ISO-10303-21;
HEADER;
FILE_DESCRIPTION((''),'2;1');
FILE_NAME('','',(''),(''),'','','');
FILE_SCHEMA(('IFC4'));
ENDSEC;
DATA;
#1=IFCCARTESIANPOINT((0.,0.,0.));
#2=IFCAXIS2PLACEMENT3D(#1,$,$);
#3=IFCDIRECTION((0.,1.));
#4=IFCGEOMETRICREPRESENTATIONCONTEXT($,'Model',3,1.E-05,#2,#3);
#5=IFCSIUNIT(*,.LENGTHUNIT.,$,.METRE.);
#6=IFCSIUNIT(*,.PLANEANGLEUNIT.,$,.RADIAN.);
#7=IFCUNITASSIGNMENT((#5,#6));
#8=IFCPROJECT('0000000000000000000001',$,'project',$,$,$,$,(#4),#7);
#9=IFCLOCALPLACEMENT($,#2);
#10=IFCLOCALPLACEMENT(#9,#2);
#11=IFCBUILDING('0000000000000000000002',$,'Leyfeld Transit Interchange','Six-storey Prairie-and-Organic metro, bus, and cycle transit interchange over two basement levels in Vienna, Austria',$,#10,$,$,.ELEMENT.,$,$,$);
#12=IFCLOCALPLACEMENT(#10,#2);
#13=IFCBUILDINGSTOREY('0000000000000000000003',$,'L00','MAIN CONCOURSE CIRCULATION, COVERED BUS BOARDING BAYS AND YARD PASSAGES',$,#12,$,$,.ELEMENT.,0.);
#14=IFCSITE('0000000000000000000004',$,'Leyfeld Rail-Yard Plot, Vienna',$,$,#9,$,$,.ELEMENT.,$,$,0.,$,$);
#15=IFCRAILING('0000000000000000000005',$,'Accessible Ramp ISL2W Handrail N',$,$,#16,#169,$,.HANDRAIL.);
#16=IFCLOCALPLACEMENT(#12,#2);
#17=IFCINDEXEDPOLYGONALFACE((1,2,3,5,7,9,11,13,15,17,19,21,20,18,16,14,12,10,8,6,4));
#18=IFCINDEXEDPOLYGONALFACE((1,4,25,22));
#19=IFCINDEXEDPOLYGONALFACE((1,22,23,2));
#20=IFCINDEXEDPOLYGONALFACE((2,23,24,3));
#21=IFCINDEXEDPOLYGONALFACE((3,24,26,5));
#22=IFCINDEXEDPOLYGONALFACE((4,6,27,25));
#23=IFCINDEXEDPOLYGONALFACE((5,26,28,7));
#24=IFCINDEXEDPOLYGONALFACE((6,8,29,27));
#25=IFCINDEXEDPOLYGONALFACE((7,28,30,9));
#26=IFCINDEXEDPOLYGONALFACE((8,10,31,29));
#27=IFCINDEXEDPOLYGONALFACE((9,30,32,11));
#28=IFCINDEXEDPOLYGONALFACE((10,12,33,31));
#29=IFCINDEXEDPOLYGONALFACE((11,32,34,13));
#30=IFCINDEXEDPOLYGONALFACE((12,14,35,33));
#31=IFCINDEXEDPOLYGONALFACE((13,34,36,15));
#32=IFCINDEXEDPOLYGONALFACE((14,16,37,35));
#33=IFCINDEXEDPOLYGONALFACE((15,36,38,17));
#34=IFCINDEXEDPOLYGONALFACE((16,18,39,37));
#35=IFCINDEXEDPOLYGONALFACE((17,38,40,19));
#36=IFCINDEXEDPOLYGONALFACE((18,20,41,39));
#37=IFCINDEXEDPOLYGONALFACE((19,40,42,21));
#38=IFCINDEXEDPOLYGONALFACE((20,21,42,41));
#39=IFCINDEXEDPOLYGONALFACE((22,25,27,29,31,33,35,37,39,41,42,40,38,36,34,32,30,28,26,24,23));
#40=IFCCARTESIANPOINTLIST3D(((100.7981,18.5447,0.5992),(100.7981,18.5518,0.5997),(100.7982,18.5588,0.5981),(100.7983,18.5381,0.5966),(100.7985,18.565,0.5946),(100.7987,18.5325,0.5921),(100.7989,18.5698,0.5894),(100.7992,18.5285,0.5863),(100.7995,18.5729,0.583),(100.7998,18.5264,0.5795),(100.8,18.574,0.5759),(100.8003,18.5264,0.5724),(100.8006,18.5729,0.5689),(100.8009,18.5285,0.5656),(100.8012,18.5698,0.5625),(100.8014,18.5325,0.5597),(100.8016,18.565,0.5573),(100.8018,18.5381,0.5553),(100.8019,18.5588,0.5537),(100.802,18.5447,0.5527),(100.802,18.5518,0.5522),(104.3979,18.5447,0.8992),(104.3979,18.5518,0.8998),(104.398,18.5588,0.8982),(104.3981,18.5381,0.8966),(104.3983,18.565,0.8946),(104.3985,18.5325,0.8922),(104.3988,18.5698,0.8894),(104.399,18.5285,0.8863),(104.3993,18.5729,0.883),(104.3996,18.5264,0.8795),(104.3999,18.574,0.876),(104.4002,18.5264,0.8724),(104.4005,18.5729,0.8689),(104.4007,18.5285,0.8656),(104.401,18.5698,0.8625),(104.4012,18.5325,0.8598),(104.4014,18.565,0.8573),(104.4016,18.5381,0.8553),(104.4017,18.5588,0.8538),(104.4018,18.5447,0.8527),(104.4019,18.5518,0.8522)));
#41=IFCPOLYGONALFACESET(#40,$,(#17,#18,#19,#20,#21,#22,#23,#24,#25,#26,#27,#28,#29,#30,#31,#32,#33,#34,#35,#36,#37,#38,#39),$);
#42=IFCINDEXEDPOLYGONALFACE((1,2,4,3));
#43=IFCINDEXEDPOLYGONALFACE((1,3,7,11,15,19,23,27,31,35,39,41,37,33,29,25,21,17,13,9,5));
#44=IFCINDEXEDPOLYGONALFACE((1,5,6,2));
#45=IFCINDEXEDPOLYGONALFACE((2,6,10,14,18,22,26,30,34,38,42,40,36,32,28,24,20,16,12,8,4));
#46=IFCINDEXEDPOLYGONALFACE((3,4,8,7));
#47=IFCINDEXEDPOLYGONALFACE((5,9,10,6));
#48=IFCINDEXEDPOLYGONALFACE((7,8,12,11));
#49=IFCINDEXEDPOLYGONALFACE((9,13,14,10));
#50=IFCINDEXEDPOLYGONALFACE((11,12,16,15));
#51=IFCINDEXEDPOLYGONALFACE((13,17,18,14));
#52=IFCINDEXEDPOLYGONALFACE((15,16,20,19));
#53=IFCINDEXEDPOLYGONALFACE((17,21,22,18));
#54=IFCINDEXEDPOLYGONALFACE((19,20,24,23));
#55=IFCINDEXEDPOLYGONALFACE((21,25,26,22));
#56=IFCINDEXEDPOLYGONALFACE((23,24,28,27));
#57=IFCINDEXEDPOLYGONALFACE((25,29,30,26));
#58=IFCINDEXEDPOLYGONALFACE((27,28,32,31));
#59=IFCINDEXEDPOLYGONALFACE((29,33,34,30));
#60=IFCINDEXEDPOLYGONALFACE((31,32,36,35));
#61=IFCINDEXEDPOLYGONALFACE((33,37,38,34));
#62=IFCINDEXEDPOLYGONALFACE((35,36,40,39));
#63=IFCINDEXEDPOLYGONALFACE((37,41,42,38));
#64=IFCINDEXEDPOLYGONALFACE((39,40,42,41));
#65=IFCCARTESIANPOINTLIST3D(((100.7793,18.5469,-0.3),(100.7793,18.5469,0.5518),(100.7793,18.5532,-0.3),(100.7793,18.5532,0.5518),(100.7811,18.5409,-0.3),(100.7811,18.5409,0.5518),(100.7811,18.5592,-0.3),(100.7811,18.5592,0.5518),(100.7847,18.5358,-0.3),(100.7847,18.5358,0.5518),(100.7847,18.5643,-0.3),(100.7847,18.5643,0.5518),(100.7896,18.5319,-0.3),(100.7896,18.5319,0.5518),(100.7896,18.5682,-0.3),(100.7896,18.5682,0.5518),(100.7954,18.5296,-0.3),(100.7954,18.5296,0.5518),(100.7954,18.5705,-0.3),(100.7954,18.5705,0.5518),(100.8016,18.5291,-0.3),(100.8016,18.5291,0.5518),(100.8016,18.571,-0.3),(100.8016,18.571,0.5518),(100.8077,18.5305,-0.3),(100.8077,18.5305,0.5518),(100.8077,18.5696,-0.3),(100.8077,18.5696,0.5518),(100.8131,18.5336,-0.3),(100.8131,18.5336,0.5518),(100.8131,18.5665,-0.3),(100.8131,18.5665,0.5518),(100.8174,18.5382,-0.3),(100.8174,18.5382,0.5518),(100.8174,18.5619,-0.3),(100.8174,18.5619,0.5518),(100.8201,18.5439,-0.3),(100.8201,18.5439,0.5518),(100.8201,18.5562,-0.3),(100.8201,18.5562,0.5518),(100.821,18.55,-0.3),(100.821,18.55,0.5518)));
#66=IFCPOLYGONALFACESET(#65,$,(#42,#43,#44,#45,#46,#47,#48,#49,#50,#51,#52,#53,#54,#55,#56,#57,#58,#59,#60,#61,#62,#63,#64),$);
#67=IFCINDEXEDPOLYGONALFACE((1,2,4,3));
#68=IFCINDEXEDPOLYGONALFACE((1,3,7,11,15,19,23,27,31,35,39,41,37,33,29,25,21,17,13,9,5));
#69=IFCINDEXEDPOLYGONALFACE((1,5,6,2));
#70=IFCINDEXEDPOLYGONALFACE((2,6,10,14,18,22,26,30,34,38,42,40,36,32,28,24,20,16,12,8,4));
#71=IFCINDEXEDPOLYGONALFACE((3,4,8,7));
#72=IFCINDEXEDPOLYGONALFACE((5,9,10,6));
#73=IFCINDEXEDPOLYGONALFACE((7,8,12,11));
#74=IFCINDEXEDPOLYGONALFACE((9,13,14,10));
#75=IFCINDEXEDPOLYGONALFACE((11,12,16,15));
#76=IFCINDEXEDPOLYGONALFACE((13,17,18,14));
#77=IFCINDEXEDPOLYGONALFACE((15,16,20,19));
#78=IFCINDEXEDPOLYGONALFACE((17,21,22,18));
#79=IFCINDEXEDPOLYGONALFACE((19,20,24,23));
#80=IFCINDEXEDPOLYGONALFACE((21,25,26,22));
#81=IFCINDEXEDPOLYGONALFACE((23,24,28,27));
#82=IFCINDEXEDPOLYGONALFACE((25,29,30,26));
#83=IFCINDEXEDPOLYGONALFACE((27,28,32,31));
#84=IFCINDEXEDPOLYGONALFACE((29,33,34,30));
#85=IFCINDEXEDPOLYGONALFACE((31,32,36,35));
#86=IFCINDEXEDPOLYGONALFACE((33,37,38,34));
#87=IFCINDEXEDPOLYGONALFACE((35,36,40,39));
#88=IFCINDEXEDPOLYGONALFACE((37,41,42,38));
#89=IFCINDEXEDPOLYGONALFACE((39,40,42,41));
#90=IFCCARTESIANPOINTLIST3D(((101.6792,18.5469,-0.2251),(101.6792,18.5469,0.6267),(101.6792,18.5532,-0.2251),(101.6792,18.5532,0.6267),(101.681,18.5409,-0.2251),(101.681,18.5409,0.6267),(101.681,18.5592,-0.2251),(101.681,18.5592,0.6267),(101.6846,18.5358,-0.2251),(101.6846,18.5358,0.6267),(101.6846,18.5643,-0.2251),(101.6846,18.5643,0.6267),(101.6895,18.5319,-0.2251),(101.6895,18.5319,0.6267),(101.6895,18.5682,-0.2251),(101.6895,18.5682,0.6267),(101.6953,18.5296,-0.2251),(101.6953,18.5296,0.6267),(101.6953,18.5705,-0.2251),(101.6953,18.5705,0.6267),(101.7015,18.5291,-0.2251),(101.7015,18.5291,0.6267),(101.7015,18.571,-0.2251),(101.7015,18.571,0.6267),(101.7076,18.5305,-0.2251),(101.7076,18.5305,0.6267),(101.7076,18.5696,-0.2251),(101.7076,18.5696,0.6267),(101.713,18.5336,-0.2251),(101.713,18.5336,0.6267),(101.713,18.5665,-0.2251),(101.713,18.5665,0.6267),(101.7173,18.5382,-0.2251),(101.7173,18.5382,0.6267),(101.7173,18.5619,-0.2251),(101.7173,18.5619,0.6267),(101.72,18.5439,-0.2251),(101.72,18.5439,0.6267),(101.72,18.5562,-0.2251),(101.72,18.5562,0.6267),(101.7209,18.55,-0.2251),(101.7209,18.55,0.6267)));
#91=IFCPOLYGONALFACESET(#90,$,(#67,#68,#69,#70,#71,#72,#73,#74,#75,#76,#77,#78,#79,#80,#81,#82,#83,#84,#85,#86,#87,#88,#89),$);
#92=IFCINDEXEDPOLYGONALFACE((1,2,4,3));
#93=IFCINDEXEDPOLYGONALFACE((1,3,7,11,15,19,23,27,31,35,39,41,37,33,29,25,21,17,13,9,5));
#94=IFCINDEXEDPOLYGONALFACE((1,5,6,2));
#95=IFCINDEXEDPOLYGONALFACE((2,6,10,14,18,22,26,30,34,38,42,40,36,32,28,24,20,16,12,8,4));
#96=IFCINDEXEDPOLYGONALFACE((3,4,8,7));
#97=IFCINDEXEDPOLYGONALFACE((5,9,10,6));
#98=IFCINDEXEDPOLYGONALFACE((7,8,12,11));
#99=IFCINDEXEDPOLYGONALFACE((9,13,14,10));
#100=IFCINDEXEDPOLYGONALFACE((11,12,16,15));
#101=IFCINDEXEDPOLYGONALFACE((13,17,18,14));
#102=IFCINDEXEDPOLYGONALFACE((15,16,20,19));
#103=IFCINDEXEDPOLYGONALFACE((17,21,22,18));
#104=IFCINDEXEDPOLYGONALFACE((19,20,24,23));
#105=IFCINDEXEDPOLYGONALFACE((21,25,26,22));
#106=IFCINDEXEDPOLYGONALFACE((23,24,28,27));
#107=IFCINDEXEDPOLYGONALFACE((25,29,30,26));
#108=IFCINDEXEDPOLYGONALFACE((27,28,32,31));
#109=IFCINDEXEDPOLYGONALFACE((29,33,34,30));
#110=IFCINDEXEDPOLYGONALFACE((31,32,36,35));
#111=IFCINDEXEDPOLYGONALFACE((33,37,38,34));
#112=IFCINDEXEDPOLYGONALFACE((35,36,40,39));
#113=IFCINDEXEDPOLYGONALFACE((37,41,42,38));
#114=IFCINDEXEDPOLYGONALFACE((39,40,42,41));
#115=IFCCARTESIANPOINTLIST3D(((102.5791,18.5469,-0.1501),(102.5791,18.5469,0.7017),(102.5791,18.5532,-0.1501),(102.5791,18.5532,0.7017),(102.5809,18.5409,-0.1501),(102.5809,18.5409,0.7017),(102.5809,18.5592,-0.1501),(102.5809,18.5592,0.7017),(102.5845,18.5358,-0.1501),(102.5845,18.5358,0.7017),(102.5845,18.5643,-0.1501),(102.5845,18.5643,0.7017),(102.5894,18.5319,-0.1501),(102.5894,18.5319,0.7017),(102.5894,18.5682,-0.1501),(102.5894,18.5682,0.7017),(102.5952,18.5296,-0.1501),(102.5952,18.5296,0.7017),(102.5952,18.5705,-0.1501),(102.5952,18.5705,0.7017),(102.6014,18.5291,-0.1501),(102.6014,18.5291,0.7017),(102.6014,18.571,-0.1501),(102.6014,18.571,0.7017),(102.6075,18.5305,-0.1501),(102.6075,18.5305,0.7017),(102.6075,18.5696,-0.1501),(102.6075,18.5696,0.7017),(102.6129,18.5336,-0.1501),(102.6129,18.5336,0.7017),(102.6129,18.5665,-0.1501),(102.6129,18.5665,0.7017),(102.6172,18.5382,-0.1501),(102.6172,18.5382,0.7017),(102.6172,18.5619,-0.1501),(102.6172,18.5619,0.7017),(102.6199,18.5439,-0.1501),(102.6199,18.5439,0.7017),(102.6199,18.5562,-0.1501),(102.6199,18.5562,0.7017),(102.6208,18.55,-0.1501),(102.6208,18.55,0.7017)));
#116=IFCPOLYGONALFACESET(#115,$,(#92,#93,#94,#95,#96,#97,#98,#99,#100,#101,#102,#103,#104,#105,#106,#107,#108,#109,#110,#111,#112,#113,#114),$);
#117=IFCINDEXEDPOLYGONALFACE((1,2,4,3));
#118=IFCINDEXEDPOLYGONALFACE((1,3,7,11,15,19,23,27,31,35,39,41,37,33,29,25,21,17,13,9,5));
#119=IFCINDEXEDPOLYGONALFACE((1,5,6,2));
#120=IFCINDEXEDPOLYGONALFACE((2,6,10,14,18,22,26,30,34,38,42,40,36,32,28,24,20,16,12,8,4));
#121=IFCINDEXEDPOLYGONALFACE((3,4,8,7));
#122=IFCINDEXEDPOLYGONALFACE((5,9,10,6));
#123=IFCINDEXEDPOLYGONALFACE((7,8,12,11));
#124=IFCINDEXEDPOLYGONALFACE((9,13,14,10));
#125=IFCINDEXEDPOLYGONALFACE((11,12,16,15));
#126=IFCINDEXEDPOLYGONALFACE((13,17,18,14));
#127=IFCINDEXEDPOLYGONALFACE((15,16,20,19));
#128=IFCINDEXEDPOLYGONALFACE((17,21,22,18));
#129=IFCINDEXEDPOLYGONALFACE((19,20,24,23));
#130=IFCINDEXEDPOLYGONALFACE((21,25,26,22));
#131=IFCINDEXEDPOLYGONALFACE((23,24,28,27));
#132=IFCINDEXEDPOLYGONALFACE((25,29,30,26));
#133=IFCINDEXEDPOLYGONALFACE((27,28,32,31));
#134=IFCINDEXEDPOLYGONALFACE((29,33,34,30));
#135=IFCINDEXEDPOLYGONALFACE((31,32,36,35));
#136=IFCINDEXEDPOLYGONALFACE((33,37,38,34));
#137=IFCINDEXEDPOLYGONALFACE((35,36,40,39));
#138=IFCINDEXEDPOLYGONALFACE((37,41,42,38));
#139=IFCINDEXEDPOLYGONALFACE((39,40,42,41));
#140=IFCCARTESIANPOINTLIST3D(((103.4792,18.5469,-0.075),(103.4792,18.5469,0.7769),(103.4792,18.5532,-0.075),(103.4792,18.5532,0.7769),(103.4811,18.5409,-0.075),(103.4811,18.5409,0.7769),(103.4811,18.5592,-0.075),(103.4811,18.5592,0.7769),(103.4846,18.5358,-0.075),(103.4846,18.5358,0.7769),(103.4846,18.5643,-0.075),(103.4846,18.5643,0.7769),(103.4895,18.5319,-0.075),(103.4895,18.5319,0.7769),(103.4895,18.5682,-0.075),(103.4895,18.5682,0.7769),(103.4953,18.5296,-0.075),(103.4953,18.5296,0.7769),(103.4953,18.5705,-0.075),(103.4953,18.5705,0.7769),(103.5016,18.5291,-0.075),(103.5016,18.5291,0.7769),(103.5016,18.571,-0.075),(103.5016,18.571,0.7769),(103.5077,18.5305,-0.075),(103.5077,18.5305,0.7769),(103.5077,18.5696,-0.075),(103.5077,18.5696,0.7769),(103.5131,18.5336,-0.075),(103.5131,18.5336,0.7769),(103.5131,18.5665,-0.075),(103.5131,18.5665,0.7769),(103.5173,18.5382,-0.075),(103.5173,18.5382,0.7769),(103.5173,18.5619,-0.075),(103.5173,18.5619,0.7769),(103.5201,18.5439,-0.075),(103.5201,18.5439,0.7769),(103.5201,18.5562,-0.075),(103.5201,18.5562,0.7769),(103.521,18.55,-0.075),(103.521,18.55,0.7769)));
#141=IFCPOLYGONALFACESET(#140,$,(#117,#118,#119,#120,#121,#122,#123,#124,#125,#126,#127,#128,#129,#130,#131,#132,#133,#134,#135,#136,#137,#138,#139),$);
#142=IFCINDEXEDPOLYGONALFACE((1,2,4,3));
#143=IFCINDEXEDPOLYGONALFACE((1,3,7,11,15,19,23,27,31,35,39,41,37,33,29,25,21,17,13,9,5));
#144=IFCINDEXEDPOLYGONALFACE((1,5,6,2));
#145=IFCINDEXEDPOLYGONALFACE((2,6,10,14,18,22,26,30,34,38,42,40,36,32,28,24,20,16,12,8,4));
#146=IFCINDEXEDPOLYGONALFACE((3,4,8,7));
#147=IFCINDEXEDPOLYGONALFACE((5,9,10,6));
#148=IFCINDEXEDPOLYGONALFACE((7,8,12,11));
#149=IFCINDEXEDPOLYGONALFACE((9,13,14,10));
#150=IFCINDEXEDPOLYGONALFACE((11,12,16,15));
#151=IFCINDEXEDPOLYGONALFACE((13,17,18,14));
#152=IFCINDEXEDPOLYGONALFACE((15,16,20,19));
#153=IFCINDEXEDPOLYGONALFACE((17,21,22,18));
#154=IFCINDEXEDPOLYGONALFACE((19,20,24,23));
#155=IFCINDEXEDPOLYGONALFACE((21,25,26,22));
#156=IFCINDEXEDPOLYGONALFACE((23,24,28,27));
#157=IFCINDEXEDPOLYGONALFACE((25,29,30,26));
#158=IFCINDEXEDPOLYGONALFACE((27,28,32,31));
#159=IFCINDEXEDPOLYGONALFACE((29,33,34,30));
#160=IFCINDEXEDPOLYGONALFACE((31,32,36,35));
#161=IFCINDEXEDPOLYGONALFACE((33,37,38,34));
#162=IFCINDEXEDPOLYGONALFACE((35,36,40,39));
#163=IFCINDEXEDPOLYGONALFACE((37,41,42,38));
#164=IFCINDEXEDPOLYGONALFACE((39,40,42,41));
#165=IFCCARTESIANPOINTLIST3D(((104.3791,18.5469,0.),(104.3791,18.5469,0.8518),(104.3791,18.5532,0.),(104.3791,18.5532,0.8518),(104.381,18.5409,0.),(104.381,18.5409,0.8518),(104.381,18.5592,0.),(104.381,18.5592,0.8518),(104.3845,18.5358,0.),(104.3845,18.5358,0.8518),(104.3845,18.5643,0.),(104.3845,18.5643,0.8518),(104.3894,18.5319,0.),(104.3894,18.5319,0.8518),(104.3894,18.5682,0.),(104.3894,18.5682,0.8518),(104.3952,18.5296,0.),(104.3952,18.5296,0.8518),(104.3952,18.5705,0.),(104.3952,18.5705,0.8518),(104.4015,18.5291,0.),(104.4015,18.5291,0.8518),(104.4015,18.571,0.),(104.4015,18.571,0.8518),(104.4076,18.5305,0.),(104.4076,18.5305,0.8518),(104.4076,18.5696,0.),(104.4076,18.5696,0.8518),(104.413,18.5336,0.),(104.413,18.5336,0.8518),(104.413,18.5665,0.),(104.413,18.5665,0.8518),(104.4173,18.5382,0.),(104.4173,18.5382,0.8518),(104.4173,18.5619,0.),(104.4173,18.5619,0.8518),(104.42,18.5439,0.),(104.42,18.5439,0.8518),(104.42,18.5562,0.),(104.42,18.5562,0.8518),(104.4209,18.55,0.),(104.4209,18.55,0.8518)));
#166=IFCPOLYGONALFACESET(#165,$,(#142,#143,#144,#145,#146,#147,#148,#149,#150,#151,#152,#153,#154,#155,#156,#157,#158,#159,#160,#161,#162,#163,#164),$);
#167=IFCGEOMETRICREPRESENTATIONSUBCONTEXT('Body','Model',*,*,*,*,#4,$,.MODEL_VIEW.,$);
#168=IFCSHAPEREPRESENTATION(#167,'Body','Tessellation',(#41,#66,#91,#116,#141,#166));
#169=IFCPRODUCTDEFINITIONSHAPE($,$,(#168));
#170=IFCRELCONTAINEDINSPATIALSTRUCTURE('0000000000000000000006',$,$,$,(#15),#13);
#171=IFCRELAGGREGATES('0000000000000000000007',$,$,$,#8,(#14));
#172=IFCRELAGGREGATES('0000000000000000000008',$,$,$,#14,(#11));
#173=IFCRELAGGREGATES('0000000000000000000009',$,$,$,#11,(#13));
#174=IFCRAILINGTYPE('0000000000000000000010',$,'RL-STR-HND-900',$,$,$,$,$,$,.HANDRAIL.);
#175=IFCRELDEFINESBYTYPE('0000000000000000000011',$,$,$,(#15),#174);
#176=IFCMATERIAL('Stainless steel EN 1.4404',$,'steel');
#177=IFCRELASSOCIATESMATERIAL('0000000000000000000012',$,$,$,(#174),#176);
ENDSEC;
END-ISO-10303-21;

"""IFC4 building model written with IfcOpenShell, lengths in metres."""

from ifc_helpers import new_model, si_unit, direction, frame, origin, origin_2d, place, context, subcontext, project, spatial, circle, extrude, material, type_object, element, save


model = new_model("IFC4")

# Units and contexts
model_context = context("Model", 3, precision=1e-05, world=origin(), true_north=direction((0.0, 1.0)))
body_context = subcontext(model_context, "Body", "Model", "MODEL_VIEW")
ifc_project = project(units=[si_unit("LENGTHUNIT", "METRE"), si_unit("PLANEANGLEUNIT", "RADIAN")], contexts=[model_context])

# Site, building, storey
site_placement = place(None, origin())
site = spatial("IfcSite", under=ifc_project, at=site_placement, Name="Leyfeld Rail-Yard Plot, Vienna", CompositionType="ELEMENT", RefElevation=0.0)
building_placement = place(site_placement, origin())
building = spatial("IfcBuilding", under=site, at=building_placement, Name="Leyfeld Transit Interchange", Description="Six-storey Prairie-and-Organic metro, bus, and cycle transit interchange over two basement levels in Vienna, Austria", CompositionType="ELEMENT")
storey_placement = place(building_placement, origin())
storey = spatial("IfcBuildingStorey", under=building, at=storey_placement, Name="L00", Description="MAIN CONCOURSE CIRCULATION, COVERED BUS BOARDING BAYS AND YARD PASSAGES", CompositionType="ELEMENT", Elevation=0.0)

# Railing
ifc_material_1 = material(Name="Stainless steel EN 1.4404", Category="steel")
railing_type = type_object("IfcRailingType", Name="RL-STR-HND-900", PredefinedType="HANDRAIL", material=ifc_material_1)
for number, where, name in (
    (1, (100.8, 18.55, -0.3), "Accessible Ramp ISL2W Handrail N"),
):
    element("IfcRailing", number, at=place(storey_placement, frame(where)), inside=storey, type_object=railing_type, Name=name, PredefinedType="HANDRAIL", context=body_context, shape_type="SweptSolid", body=[
        extrude(circle(Radius=0.0239, at=origin_2d()), frame((0.0, 0.0, 0.876), z_axis=(0.996544, 0.0, 0.083062), x_axis=(0.0, 1.0, 0.0)), (0.0, 0.0, 1.0), 3.6123),
        extrude(circle(Radius=0.021, at=origin_2d()), origin(), (0.0, 0.0, 1.0), 0.8518),
        extrude(circle(Radius=0.021, at=origin_2d()), frame((0.8999, 0.0, 0.075)), (0.0, 0.0, 1.0), 0.8518),
        extrude(circle(Radius=0.021, at=origin_2d()), frame((1.7998, 0.0, 0.1499)), (0.0, 0.0, 1.0), 0.8518),
        extrude(circle(Radius=0.021, at=origin_2d()), frame((2.7, 0.0, 0.2251)), (0.0, 0.0, 1.0), 0.8518),
        extrude(circle(Radius=0.021, at=origin_2d()), frame((3.5999, 0.0, 0.3)), (0.0, 0.0, 1.0), 0.8518),
    ])

save(model, "model.ifc")
